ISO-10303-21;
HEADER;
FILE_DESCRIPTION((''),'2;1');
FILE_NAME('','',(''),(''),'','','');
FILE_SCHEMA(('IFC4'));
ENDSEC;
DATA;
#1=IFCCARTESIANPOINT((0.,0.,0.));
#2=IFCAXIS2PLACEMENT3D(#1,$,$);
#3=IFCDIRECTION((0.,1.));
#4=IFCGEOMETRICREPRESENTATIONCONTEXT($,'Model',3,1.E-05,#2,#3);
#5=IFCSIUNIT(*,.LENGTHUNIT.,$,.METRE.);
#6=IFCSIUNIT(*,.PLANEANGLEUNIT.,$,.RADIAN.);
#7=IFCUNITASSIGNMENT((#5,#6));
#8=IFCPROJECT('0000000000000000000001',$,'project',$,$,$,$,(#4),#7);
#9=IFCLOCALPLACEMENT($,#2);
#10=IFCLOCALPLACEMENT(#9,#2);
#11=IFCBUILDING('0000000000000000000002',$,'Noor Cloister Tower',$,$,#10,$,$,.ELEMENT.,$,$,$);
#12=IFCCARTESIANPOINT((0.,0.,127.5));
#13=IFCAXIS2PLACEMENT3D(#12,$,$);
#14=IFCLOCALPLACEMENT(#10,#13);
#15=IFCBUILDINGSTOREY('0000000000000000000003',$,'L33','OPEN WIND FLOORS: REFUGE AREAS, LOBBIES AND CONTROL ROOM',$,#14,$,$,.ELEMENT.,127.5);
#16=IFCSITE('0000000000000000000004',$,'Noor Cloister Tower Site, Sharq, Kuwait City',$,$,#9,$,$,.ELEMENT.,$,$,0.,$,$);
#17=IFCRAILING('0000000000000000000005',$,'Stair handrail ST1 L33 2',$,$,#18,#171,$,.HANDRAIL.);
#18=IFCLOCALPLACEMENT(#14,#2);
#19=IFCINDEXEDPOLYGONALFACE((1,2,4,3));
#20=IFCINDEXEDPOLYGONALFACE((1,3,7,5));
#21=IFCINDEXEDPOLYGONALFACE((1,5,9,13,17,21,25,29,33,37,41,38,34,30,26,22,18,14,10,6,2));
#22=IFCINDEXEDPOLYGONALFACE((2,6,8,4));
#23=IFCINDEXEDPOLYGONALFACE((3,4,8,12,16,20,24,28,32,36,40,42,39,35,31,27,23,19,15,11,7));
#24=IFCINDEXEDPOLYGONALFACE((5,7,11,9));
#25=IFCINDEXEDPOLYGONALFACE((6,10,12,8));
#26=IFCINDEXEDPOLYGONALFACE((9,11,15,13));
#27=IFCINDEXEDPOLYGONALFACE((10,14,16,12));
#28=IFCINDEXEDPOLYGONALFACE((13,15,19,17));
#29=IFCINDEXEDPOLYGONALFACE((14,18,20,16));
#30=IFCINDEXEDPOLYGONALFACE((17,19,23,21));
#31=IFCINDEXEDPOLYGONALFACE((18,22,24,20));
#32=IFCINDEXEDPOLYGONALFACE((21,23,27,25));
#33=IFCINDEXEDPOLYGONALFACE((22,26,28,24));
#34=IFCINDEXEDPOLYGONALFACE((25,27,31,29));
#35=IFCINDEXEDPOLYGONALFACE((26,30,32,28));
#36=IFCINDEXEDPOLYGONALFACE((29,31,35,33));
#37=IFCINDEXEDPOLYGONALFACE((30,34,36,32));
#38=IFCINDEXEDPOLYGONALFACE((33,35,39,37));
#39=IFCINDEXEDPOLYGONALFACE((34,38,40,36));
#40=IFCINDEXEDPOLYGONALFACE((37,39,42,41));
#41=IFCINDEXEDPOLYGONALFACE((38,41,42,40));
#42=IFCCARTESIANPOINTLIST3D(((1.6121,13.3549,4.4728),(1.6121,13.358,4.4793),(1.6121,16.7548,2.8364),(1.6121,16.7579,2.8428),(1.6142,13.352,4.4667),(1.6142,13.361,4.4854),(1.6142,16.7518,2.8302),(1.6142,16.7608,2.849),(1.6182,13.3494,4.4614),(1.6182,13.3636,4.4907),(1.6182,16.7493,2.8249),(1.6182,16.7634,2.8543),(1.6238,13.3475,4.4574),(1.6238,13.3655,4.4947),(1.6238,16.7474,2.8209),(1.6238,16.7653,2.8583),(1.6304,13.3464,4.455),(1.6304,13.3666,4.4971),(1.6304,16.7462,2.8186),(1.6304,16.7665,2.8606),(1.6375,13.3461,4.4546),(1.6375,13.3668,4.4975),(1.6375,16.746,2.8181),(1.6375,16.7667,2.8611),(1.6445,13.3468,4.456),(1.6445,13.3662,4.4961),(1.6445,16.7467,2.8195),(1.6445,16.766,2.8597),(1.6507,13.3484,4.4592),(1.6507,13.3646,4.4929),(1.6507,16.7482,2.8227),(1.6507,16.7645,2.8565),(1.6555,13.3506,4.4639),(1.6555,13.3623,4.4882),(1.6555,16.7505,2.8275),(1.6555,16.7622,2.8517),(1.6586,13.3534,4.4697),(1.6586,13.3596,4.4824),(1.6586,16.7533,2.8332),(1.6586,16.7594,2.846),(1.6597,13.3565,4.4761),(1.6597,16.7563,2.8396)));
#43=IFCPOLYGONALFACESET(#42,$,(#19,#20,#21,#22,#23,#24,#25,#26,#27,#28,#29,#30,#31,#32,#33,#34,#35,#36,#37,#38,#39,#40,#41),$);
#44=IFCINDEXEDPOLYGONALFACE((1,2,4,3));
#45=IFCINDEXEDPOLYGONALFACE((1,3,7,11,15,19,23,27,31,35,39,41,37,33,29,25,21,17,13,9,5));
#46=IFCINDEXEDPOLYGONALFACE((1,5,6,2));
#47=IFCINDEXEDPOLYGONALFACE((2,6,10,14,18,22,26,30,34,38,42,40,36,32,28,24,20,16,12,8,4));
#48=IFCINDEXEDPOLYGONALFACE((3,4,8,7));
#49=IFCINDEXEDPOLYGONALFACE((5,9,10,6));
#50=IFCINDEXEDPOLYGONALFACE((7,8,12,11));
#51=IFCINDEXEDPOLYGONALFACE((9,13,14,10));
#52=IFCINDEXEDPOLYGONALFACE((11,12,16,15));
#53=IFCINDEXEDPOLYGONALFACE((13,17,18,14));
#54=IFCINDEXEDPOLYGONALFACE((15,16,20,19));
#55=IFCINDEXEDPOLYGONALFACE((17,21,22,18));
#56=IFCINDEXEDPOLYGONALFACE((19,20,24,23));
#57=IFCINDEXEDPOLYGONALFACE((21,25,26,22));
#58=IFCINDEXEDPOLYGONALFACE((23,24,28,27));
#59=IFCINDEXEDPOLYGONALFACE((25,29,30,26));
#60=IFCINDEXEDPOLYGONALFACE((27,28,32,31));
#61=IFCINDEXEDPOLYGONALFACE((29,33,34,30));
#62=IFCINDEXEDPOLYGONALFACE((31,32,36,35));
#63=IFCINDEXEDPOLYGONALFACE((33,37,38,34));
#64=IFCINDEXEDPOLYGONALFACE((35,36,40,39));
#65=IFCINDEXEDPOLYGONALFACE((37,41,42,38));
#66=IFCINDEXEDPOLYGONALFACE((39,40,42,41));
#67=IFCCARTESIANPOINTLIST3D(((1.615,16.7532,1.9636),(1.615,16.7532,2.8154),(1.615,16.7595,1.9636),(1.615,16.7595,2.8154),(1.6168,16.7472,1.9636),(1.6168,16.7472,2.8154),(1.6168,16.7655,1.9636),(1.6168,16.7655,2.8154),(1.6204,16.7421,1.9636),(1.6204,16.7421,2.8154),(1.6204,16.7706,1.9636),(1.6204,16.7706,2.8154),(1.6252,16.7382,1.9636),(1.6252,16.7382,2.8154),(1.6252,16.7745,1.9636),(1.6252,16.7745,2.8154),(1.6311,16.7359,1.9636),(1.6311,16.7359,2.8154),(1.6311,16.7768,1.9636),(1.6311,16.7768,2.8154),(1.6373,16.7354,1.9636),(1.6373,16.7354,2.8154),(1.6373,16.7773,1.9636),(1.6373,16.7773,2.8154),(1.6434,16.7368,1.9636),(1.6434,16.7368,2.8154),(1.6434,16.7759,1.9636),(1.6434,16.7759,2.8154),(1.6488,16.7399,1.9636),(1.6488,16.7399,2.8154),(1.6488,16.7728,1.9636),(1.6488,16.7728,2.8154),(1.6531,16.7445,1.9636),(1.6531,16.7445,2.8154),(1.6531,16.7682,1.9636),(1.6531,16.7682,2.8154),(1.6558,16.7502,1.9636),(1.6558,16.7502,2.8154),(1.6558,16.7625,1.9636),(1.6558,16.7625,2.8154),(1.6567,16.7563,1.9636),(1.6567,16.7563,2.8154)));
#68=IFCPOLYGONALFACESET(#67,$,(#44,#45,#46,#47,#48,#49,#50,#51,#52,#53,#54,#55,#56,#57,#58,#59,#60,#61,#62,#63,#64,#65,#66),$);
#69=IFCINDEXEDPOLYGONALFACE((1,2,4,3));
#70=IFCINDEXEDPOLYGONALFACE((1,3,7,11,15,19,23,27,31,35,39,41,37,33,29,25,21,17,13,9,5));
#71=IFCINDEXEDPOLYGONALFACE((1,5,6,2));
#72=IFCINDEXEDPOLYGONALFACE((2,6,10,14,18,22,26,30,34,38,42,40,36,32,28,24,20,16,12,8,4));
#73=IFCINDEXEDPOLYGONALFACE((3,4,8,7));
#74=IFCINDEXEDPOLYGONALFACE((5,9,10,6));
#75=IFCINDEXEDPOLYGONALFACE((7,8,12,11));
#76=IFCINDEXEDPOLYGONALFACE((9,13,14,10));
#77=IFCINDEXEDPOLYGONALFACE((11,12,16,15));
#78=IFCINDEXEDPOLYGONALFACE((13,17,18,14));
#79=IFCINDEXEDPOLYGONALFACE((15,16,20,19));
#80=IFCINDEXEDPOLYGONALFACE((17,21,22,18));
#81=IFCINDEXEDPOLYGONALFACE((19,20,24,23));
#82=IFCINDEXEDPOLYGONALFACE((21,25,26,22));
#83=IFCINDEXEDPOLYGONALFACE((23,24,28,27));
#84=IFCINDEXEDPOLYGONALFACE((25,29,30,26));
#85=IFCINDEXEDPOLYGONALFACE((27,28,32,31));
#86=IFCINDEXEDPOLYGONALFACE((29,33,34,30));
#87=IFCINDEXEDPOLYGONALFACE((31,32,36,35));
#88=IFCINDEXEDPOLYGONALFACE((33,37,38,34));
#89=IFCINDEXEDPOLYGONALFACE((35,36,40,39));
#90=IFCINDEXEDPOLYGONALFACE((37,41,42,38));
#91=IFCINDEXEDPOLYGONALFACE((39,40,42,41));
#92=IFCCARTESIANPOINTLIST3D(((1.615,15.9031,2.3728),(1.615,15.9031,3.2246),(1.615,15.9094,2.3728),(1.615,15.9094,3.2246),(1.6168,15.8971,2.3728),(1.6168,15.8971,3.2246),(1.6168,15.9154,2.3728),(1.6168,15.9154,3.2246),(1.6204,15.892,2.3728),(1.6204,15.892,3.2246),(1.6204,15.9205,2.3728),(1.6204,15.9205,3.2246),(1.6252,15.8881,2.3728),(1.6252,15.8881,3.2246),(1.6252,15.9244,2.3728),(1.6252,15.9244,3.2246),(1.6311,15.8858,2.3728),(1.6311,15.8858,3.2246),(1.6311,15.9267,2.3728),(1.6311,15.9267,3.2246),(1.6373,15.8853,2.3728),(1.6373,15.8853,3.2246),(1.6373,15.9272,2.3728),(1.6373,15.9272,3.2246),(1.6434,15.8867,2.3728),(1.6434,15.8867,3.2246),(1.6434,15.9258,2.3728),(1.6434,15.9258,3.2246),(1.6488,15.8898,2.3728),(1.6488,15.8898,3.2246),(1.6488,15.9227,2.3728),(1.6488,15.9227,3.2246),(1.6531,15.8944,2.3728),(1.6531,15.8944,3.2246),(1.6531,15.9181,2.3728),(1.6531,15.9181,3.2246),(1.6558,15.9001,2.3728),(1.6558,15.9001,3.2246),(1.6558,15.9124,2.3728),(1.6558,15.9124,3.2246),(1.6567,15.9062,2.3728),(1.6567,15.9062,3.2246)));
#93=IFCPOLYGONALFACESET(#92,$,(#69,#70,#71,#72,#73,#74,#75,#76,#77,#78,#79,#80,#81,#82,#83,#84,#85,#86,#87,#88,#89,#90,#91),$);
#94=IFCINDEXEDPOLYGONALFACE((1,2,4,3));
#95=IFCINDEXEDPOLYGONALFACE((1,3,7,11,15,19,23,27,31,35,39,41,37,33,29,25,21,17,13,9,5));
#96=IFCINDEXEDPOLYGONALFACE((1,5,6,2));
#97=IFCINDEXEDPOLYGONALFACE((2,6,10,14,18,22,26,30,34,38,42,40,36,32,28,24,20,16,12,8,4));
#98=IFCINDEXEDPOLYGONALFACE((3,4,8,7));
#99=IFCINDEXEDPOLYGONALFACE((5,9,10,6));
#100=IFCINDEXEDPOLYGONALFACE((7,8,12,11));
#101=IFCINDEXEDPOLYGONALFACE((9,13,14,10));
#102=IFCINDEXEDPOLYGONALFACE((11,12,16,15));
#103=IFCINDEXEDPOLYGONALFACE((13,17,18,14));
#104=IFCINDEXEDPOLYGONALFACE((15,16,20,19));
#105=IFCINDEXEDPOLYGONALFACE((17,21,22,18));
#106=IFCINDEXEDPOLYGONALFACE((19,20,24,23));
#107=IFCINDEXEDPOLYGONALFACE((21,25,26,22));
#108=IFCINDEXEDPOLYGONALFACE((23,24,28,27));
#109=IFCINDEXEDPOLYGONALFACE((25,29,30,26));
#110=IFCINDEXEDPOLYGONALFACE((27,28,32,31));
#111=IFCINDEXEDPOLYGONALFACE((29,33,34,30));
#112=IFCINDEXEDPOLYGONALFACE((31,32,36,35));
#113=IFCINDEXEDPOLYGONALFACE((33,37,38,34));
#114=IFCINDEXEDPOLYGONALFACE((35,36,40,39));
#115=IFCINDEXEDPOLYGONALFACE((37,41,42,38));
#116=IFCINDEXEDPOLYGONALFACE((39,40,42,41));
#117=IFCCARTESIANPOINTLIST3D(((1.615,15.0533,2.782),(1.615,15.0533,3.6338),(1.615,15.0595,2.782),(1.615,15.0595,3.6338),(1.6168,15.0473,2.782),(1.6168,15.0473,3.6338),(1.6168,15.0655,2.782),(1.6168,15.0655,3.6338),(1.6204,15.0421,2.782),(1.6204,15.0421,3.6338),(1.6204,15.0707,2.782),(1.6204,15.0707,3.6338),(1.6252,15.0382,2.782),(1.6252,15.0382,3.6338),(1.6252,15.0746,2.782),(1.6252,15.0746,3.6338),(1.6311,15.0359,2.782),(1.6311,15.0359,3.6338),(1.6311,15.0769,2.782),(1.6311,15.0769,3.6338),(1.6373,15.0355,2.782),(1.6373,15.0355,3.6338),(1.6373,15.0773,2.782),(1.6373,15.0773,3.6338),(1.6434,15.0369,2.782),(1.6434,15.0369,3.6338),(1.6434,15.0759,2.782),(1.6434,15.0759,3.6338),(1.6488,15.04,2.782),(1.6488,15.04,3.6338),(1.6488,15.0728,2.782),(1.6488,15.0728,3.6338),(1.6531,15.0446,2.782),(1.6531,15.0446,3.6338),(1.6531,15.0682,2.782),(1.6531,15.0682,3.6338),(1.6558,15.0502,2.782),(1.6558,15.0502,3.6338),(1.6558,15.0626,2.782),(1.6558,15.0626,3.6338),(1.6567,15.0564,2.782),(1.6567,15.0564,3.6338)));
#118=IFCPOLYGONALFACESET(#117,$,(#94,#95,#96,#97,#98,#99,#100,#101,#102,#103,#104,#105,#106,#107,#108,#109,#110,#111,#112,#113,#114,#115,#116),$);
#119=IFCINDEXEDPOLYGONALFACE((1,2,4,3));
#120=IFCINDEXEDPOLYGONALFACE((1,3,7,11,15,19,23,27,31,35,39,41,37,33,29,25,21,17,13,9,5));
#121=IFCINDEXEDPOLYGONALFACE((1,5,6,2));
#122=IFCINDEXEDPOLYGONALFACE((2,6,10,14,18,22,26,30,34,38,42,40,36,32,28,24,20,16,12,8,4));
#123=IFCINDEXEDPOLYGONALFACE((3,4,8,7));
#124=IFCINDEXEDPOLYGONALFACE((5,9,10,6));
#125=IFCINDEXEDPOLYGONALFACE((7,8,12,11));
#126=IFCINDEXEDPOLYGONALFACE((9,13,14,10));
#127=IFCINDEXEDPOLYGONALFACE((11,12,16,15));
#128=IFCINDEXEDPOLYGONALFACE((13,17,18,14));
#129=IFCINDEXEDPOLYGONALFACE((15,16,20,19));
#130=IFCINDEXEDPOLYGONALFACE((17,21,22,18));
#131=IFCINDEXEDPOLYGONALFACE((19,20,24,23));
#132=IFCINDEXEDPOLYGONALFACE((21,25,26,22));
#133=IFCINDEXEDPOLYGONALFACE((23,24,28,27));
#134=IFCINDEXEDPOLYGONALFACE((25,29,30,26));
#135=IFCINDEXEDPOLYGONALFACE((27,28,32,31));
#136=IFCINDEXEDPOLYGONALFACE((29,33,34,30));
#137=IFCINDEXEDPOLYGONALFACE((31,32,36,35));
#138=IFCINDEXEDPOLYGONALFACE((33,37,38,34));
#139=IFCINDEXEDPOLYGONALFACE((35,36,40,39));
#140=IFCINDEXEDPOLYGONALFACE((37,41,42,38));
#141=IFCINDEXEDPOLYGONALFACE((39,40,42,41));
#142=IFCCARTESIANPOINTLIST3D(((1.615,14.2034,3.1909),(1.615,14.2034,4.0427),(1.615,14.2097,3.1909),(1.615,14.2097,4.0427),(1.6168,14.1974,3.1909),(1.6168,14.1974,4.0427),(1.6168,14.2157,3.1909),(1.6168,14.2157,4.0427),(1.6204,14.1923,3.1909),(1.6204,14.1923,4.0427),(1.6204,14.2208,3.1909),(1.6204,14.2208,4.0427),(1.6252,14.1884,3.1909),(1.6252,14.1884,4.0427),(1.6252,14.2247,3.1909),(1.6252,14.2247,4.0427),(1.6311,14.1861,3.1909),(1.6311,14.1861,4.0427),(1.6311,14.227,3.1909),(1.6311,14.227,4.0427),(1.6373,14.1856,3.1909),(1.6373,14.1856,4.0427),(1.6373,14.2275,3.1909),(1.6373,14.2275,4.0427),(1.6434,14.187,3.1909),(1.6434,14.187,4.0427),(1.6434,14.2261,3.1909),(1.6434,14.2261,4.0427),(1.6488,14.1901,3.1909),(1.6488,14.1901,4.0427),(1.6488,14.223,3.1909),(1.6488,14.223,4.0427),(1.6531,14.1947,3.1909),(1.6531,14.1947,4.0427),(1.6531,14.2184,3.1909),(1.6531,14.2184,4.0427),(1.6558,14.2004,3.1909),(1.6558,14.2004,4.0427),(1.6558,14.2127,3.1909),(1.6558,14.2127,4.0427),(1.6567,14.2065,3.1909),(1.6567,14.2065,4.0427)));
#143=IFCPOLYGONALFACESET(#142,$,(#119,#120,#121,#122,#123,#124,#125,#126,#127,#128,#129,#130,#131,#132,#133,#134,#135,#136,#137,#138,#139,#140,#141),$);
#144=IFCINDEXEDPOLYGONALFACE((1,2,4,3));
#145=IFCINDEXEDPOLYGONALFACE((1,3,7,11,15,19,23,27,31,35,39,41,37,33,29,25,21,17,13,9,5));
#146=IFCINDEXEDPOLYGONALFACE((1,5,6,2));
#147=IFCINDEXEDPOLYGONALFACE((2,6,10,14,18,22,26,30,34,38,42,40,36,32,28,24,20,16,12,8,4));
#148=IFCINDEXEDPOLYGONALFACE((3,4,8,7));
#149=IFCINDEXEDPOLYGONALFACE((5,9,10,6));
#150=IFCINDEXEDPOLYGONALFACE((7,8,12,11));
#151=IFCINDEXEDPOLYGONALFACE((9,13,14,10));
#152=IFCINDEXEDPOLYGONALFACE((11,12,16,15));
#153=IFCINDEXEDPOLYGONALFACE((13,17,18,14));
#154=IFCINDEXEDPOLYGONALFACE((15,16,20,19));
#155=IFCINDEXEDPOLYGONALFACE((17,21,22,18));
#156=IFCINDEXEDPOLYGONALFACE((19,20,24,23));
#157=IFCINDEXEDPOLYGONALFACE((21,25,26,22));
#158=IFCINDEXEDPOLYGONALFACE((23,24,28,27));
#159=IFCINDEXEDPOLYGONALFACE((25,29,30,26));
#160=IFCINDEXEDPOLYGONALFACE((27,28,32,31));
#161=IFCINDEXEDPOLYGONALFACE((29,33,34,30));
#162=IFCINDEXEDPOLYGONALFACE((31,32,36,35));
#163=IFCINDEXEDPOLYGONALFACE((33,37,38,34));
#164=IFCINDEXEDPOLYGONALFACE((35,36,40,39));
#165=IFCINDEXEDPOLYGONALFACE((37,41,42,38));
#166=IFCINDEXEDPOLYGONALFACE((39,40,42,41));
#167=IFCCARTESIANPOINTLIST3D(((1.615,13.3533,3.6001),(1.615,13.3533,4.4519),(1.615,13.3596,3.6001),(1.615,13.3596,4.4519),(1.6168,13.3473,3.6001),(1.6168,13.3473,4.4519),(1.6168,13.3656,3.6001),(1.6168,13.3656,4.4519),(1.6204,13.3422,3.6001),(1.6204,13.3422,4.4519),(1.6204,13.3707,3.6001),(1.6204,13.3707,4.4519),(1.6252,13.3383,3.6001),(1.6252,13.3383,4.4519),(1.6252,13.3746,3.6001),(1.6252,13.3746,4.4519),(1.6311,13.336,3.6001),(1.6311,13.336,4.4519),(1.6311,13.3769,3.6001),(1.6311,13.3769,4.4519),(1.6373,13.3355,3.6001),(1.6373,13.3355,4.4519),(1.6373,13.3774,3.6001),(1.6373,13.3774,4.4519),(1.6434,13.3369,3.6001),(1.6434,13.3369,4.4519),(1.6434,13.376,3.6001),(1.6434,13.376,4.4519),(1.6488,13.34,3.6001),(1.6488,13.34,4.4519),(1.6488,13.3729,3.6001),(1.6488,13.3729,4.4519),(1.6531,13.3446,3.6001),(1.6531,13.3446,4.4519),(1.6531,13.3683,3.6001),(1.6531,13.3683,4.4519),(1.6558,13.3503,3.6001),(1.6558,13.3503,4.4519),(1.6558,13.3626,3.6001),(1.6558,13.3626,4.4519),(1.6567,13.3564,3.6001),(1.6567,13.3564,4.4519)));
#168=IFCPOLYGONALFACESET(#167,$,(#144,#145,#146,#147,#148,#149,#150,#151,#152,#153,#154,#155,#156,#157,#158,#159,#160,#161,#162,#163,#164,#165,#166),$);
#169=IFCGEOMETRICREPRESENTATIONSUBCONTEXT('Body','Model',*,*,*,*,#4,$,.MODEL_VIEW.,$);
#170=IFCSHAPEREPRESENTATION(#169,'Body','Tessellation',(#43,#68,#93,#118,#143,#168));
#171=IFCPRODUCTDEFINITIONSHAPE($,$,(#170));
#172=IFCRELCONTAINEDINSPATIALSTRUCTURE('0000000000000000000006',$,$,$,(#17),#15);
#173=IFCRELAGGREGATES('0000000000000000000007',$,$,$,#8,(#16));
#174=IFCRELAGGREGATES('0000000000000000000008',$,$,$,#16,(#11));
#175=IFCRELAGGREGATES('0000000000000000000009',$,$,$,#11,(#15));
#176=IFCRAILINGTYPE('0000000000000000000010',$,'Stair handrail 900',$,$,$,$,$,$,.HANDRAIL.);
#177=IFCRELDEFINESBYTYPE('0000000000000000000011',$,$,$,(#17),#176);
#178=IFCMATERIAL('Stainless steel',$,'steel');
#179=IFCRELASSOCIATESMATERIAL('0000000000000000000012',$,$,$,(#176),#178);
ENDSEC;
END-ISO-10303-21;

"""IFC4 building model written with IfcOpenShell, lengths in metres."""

from ifc_helpers import new_model, si_unit, direction, frame, origin, origin_2d, place, context, subcontext, project, spatial, circle, extrude, material, type_object, element, save


model = new_model("IFC4")

# Units and contexts
model_context = context("Model", 3, precision=1e-05, world=origin(), true_north=direction((0.0, 1.0)))
body_context = subcontext(model_context, "Body", "Model", "MODEL_VIEW")
ifc_project = project(units=[si_unit("LENGTHUNIT", "METRE"), si_unit("PLANEANGLEUNIT", "RADIAN")], contexts=[model_context])

# Site, building, storey
site_placement = place(None, origin())
site = spatial("IfcSite", under=ifc_project, at=site_placement, Name="Noor Cloister Tower Site, Sharq, Kuwait City", CompositionType="ELEMENT", RefElevation=0.0)
building_placement = place(site_placement, origin())
building = spatial("IfcBuilding", under=site, at=building_placement, Name="Noor Cloister Tower", CompositionType="ELEMENT")
storey_placement = place(building_placement, frame((0.0, 0.0, 127.5)))
storey = spatial("IfcBuildingStorey", under=building, at=storey_placement, Name="L33", Description="OPEN WIND FLOORS: REFUGE AREAS, LOBBIES AND CONTROL ROOM", CompositionType="ELEMENT", Elevation=127.5)

# Railing
ifc_material_1 = material(Name="Stainless steel", Category="steel")
railing_type_1 = type_object("IfcRailingType", Name="Stair handrail 900", PredefinedType="HANDRAIL", material=ifc_material_1)
railing_1_placement = place(storey_placement, frame((1.6357, 16.7563, 1.9636)))
element("IfcRailing", 1, at=railing_1_placement, inside=storey, type_object=railing_type_1, Name="Stair handrail ST1 L33 2", PredefinedType="HANDRAIL", context=body_context, shape_type="SweptSolid", body=[
    extrude(circle(Radius=0.0239, at=origin_2d()), frame((0.0, 0.0, 0.876), z_axis=(0.0, -0.901055, 0.433705), x_axis=(1.0, 0.0, 0.0)), (0.0, 0.0, 1.0), 3.7732),
    extrude(circle(Radius=0.021, at=origin_2d()), origin(), (0.0, 0.0, 1.0), 0.8518),
    extrude(circle(Radius=0.021, at=origin_2d()), frame((0.0, -0.8501, 0.4092)), (0.0, 0.0, 1.0), 0.8518),
    extrude(circle(Radius=0.021, at=origin_2d()), frame((0.0, -1.7, 0.8184)), (0.0, 0.0, 1.0), 0.8518),
    extrude(circle(Radius=0.021, at=origin_2d()), frame((0.0, -2.5498, 1.2273)), (0.0, 0.0, 1.0), 0.8518),
    extrude(circle(Radius=0.021, at=origin_2d()), frame((0.0, -3.3999, 1.6365)), (0.0, 0.0, 1.0), 0.8518),
])

save(model, "model.ifc")
